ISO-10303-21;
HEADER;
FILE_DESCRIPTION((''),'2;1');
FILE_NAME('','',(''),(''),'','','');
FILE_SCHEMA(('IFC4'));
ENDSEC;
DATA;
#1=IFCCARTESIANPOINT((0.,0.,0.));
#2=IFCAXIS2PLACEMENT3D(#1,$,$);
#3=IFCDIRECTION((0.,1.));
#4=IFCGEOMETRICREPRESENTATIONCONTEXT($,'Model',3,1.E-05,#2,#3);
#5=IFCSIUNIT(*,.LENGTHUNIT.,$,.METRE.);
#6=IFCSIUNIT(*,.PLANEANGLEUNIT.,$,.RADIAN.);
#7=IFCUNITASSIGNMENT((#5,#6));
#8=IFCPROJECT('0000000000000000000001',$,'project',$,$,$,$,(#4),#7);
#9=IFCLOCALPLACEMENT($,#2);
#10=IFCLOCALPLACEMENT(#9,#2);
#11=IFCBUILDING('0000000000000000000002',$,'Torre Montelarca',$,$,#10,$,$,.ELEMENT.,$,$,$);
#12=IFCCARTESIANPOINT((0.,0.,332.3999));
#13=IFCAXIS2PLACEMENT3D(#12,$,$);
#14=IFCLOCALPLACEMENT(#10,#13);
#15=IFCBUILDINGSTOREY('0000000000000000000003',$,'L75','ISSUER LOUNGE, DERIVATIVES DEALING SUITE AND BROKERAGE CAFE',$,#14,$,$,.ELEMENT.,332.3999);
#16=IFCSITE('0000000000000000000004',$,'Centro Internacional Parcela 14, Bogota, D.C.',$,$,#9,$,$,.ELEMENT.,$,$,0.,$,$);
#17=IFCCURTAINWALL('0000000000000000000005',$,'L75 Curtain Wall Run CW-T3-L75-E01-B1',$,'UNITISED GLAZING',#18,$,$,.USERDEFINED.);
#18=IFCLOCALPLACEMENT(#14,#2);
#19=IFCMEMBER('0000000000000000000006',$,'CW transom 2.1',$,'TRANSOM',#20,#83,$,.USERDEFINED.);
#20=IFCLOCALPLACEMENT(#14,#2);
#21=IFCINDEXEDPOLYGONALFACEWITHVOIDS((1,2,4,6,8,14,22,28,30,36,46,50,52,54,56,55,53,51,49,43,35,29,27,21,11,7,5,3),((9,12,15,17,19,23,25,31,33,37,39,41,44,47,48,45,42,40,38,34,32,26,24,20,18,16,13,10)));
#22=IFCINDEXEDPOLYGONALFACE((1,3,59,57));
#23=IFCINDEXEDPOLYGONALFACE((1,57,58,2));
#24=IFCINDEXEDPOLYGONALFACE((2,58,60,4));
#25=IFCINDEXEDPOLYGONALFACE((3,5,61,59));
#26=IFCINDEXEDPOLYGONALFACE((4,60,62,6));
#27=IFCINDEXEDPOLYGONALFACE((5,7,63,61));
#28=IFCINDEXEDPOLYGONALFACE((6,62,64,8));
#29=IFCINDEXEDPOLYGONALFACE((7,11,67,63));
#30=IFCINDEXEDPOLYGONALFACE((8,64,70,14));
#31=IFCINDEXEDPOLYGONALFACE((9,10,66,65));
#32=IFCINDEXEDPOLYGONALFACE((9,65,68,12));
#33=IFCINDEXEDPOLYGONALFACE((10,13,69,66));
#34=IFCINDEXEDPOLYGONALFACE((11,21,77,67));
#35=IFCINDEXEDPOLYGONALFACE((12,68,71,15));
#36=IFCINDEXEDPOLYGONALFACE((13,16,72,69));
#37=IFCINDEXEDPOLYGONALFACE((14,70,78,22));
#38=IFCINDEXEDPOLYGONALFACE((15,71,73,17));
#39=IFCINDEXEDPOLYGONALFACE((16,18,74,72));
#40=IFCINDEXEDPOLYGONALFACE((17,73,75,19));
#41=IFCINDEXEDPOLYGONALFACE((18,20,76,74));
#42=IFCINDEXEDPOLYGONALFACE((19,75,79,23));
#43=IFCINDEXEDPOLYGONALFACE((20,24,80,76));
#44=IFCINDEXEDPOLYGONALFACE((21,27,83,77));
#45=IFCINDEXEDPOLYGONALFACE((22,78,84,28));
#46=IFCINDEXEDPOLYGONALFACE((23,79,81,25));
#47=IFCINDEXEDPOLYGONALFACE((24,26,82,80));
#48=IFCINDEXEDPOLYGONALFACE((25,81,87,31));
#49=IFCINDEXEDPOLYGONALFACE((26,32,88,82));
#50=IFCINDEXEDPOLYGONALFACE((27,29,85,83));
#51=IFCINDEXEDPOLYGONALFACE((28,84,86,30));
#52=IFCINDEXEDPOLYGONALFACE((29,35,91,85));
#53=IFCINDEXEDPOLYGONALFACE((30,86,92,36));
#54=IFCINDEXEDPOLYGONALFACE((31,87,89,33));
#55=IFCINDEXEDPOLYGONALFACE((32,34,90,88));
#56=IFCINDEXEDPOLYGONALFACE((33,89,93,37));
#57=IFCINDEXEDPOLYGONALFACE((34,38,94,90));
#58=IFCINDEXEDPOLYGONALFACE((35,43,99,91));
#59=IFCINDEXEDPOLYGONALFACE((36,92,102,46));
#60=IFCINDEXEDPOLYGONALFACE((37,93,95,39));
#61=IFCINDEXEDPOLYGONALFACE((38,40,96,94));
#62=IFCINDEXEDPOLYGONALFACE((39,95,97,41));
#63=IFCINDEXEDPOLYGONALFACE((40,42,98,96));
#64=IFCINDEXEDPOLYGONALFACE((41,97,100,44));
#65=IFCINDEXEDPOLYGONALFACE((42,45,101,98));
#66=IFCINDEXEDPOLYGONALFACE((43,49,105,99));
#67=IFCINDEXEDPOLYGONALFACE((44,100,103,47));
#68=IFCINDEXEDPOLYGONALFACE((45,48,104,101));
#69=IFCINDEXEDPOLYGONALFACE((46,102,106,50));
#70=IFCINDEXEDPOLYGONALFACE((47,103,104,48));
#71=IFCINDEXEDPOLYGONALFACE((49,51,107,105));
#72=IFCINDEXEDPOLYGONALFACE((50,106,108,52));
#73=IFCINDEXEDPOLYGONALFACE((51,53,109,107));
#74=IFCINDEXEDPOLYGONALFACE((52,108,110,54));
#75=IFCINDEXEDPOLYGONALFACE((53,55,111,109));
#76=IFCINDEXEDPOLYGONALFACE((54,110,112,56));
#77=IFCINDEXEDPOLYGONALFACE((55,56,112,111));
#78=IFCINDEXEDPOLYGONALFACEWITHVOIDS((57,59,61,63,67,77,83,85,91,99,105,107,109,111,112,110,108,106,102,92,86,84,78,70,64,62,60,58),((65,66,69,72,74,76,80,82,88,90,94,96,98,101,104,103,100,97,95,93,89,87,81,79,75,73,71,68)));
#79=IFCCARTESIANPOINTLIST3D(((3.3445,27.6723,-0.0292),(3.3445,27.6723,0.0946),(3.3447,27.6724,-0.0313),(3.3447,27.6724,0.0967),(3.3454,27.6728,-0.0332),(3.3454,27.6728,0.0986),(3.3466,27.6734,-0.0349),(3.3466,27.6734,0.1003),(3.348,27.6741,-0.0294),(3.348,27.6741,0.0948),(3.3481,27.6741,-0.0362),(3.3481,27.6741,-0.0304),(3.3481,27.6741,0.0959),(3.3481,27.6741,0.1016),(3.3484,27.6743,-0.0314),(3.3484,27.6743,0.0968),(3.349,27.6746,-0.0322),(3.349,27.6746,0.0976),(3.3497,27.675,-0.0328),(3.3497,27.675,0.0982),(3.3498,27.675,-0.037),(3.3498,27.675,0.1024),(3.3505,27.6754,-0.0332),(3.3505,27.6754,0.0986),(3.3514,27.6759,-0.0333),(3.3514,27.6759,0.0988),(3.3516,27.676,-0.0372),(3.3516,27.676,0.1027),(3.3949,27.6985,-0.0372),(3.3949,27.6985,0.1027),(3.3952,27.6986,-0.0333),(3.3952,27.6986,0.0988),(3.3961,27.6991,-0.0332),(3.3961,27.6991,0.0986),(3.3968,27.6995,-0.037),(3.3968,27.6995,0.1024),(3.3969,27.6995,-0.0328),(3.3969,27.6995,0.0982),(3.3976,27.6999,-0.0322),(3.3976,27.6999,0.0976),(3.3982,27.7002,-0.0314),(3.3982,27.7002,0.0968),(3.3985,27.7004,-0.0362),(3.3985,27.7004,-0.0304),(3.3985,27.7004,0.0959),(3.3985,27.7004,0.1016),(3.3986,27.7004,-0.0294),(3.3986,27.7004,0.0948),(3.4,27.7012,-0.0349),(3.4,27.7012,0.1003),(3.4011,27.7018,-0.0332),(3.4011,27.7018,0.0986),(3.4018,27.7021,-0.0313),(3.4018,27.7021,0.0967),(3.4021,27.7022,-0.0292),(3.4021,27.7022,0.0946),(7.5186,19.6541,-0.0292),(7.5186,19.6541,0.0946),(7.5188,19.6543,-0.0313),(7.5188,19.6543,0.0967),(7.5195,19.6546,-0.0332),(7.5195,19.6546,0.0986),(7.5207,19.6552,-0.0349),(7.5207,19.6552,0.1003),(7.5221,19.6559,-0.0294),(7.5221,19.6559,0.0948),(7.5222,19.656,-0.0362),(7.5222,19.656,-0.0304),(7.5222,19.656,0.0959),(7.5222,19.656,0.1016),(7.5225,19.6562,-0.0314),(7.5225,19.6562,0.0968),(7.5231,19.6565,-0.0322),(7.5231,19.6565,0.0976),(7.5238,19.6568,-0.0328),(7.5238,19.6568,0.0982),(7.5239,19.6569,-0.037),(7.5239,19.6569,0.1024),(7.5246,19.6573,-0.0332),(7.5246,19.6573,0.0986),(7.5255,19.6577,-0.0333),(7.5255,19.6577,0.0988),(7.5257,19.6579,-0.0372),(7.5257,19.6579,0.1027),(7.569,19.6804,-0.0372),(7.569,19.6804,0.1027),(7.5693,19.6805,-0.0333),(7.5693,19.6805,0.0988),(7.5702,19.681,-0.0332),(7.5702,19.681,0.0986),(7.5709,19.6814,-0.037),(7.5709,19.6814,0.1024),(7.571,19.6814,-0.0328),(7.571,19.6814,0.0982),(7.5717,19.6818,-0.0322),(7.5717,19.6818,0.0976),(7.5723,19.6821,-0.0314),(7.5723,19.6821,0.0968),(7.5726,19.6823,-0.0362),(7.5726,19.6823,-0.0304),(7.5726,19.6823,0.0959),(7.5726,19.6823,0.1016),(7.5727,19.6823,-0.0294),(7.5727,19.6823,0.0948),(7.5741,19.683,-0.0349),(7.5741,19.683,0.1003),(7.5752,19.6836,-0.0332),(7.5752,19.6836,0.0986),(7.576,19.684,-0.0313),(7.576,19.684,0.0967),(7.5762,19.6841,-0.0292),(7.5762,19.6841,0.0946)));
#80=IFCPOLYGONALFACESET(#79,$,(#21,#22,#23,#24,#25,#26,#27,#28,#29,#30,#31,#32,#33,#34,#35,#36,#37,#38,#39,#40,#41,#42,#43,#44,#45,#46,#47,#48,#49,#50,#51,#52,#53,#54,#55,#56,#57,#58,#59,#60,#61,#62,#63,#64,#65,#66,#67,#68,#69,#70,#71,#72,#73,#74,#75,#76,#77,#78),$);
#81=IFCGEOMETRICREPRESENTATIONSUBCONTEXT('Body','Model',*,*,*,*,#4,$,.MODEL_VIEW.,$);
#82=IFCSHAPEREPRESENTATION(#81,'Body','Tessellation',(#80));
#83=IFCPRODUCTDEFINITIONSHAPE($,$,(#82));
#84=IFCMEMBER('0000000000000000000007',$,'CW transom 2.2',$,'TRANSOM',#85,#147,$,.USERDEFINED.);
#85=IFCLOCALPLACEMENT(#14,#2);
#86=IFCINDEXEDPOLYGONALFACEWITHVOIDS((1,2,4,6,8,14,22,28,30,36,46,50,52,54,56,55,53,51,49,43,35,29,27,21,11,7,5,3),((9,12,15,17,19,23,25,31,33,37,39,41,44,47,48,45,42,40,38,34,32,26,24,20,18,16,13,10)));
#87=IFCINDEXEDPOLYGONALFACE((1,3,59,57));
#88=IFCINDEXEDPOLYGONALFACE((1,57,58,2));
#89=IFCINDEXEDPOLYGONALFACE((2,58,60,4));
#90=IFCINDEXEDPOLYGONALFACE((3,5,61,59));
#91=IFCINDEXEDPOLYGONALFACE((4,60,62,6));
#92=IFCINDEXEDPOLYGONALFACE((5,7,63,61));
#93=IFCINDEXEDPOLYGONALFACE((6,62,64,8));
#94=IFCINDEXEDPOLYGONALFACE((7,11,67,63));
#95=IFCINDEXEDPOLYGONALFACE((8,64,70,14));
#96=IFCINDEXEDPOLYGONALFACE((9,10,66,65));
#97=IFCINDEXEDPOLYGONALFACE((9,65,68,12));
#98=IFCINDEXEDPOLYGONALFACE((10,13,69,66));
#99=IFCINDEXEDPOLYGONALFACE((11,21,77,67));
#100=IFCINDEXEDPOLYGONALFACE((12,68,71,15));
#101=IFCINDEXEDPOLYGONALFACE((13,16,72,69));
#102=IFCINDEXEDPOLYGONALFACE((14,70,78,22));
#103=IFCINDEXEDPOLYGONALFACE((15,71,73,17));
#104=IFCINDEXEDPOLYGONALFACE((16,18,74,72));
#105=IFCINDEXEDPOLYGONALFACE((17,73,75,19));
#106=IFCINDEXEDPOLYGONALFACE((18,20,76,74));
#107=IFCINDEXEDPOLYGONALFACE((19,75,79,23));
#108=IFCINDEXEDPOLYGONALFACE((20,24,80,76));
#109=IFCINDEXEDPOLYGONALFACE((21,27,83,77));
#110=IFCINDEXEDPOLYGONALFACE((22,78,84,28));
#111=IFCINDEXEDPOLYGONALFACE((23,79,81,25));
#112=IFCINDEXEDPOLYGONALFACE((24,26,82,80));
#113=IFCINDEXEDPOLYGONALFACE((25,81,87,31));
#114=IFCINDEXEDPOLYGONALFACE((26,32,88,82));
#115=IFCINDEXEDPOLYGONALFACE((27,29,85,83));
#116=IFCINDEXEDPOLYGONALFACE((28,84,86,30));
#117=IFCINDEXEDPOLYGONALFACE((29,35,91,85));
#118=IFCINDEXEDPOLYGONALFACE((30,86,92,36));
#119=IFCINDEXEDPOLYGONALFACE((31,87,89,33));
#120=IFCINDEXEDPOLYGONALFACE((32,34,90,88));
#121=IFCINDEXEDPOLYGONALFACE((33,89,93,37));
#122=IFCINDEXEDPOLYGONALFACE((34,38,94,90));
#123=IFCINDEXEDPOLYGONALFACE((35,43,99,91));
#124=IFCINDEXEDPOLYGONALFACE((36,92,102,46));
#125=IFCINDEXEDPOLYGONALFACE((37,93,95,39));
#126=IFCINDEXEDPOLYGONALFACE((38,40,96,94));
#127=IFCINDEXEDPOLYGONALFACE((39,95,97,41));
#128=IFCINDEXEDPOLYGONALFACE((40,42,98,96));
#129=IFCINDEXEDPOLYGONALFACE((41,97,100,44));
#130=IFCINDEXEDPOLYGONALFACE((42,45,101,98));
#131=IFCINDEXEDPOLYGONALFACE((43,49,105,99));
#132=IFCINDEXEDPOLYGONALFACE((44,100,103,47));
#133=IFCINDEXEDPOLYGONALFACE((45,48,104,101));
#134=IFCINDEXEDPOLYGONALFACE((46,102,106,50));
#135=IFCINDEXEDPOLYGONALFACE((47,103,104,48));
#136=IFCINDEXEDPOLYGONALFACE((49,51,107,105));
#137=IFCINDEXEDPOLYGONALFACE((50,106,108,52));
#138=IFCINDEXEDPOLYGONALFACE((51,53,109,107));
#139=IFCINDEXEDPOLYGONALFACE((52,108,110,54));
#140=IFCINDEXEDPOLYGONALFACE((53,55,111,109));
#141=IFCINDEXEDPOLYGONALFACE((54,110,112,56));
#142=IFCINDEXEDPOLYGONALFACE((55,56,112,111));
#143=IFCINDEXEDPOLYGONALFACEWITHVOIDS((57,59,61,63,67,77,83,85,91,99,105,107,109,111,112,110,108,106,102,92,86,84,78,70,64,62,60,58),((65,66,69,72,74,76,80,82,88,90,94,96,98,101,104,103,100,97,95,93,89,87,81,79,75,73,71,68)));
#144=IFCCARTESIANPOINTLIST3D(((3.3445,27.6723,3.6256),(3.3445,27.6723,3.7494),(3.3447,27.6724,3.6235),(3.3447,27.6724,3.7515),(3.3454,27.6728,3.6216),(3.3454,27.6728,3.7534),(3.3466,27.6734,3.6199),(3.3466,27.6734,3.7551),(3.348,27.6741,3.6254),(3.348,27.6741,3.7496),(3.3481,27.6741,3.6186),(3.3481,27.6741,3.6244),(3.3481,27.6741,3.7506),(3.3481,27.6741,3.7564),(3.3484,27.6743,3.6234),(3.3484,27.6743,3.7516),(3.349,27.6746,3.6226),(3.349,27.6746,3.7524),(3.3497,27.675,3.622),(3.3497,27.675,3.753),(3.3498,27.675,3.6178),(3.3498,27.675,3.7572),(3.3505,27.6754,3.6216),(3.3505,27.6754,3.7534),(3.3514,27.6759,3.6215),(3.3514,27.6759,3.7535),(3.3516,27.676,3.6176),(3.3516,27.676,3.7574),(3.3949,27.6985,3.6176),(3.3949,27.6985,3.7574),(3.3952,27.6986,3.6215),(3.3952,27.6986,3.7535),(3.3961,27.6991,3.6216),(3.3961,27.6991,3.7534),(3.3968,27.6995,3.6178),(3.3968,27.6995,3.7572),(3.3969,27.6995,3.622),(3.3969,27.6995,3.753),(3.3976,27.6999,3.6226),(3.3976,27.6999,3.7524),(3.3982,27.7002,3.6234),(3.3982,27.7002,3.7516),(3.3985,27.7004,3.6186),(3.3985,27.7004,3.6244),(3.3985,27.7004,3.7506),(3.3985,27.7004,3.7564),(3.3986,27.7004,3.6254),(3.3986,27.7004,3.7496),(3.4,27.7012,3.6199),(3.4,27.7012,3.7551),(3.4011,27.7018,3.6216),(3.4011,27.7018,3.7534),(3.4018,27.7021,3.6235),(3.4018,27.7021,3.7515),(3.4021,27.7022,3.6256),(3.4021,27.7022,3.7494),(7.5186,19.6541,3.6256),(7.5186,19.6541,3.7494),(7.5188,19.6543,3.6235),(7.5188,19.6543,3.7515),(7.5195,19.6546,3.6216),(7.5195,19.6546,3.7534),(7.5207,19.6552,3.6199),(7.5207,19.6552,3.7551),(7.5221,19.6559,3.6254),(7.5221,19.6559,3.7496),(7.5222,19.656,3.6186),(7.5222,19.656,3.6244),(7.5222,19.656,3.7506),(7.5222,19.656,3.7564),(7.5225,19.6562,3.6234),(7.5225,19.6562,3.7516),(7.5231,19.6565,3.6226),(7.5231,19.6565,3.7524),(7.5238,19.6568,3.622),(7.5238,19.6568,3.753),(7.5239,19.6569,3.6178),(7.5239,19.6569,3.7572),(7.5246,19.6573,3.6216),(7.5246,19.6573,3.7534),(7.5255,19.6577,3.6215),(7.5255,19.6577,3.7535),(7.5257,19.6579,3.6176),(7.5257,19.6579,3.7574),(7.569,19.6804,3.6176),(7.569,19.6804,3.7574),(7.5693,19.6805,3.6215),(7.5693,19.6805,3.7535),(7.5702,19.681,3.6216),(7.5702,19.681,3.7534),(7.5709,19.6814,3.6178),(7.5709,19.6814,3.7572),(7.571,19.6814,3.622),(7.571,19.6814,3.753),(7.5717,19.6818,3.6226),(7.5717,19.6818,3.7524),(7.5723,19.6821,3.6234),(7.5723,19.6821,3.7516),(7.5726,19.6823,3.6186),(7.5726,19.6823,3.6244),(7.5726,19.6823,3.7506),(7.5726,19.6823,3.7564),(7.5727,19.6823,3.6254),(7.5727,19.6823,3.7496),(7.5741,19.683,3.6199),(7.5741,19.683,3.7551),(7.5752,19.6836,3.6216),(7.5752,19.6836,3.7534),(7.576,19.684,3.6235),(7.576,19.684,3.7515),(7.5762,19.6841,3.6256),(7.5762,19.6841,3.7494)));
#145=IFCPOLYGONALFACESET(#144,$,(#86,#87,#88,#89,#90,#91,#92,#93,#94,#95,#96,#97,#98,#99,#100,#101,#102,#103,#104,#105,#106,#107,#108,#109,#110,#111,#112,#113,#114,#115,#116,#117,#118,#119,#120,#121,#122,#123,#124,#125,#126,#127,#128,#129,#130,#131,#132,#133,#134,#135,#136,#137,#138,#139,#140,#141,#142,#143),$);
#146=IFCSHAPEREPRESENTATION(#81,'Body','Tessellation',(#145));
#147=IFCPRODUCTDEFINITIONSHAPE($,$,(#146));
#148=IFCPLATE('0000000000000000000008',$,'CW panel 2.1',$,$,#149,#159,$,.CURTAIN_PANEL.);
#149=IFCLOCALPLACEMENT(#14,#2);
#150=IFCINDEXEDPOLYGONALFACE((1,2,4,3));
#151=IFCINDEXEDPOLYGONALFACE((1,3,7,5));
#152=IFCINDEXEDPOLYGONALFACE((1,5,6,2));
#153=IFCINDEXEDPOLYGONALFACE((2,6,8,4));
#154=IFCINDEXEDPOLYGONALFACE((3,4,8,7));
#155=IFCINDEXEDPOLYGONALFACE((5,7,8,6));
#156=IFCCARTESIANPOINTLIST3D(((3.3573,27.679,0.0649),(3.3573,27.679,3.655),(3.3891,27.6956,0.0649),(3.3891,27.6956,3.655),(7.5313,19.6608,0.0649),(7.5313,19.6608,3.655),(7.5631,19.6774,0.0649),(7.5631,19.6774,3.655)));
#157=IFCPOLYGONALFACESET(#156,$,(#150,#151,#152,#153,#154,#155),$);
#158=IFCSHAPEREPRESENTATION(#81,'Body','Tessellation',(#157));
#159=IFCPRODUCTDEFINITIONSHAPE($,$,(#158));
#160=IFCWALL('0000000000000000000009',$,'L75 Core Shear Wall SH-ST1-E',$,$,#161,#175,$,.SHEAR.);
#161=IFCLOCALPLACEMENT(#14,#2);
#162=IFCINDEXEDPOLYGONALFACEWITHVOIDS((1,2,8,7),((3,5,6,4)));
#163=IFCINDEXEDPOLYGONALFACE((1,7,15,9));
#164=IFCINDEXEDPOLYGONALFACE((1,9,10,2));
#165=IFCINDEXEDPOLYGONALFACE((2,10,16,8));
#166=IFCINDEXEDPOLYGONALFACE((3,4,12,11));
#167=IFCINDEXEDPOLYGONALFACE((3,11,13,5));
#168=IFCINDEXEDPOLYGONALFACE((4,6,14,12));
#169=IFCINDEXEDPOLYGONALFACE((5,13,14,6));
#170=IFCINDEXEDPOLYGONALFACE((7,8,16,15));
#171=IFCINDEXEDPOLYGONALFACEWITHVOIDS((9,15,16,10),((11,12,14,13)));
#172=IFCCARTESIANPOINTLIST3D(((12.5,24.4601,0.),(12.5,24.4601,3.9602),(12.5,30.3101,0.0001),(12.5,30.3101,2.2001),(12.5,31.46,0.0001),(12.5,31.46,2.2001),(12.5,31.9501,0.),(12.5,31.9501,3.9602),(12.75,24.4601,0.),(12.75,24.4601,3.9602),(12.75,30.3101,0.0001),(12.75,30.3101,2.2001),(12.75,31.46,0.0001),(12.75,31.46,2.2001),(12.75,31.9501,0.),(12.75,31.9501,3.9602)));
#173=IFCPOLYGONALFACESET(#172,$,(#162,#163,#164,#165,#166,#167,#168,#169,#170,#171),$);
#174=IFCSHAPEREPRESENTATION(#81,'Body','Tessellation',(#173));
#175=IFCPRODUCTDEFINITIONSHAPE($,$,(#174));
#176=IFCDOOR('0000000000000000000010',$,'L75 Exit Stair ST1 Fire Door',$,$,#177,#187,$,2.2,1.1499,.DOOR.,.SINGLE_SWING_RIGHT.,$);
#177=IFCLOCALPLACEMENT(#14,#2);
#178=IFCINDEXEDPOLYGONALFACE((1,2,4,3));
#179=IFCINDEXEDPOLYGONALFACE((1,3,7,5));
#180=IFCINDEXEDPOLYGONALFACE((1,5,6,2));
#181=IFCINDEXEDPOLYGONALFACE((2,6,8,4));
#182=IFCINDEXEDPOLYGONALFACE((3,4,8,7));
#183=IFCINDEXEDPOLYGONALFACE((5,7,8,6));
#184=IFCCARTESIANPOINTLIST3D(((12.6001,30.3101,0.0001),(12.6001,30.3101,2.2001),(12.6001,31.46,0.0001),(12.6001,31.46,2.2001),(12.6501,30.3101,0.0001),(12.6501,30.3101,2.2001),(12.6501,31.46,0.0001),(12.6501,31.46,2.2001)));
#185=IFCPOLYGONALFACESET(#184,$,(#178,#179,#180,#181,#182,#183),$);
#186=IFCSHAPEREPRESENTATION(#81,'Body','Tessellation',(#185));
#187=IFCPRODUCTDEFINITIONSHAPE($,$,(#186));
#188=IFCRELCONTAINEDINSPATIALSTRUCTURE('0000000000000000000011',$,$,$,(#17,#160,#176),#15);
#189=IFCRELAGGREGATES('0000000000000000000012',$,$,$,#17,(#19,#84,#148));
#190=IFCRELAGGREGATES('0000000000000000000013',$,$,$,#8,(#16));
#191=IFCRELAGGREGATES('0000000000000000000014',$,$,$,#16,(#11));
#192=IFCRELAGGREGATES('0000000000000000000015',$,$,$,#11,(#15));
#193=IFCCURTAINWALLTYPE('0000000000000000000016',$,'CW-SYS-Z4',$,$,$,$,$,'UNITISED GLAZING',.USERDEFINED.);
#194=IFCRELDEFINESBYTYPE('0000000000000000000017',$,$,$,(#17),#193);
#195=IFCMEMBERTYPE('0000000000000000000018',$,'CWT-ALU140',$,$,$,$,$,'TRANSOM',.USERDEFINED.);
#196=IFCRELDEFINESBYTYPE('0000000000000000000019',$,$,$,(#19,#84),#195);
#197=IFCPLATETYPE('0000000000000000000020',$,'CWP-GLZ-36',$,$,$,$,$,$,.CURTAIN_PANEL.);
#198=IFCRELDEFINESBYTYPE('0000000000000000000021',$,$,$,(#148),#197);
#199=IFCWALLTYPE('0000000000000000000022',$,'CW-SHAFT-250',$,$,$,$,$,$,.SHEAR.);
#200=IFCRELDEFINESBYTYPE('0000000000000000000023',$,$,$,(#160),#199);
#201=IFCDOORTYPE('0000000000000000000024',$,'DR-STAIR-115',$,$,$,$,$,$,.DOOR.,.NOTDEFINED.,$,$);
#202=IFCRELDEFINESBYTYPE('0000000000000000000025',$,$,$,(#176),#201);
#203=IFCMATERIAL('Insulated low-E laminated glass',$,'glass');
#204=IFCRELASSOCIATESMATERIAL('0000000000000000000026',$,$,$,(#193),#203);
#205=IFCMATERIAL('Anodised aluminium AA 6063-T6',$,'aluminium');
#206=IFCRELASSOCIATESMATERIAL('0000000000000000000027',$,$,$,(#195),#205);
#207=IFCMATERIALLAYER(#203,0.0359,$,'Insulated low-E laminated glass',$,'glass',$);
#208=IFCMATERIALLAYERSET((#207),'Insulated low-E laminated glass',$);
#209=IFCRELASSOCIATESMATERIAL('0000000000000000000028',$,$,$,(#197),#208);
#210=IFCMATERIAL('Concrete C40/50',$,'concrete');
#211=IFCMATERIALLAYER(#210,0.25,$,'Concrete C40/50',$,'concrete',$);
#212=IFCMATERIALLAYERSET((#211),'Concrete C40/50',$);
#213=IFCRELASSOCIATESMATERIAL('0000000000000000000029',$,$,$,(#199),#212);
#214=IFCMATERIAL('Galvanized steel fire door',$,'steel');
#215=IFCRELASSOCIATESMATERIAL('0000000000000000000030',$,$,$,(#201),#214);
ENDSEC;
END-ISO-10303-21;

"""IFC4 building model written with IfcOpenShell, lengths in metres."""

from ifc_helpers import new_model, si_unit, direction, frame, frame_2d, origin, origin_2d, place, context, subcontext, project, spatial, rectangle, hollow_rectangle, extrude, source, transform, mapped, material, layer, layer_set, material_profile, profile_set, type_object, element, fill, aggregate, save


model = new_model("IFC4")

# Units and contexts
model_context = context("Model", 3, precision=1e-05, world=origin(), true_north=direction((0.0, 1.0)))
body_context = subcontext(model_context, "Body", "Model", "MODEL_VIEW")
ifc_project = project(units=[si_unit("LENGTHUNIT", "METRE"), si_unit("PLANEANGLEUNIT", "RADIAN")], contexts=[model_context])

# Site, building, storey
site_placement = place(None, origin())
site = spatial("IfcSite", under=ifc_project, at=site_placement, Name="Centro Internacional Parcela 14, Bogota, D.C.", CompositionType="ELEMENT", RefElevation=0.0)
building_placement = place(site_placement, origin())
building = spatial("IfcBuilding", under=site, at=building_placement, Name="Torre Montelarca", CompositionType="ELEMENT")
storey_placement = place(building_placement, frame((0.0, 0.0, 332.3999)))
storey = spatial("IfcBuildingStorey", under=building, at=storey_placement, Name="L75", Description="ISSUER LOUNGE, DERIVATIVES DEALING SUITE AND BROKERAGE CAFE", CompositionType="ELEMENT", Elevation=332.3999)

# Shared definitions
ifc_material_1 = material(Name="Concrete C40/50", Category="concrete")

# Curtain wall
ifc_material_2 = material(Name="Insulated low-E laminated glass", Category="glass")
curtain_wall_type = type_object("IfcCurtainWallType", Name="CW-SYS-Z4", ElementType="UNITISED GLAZING", PredefinedType="USERDEFINED", material=ifc_material_2)
curtain_wall_1_placement = place(storey_placement, origin())
curtain_wall_1 = element("IfcCurtainWall", 1, at=curtain_wall_1_placement, inside=storey, type_object=curtain_wall_type, Name="L75 Curtain Wall Run CW-T3-L75-E01-B1", ObjectType="UNITISED GLAZING", PredefinedType="USERDEFINED")
ifc_material_3 = material(Name="Anodised aluminium AA 6063-T6", Category="aluminium")
ifc_material_profile_1 = material_profile(ifc_material_3, hollow_rectangle(XDim=0.0649, YDim=0.1399, WallThickness=0.0039, InnerFilletRadius=0.0039, OuterFilletRadius=0.0081, at=origin_2d()), Name="ALU65X140X4", Category="aluminium")
ifc_profile_set_1 = profile_set([ifc_material_profile_1], Name="Anodised aluminium AA 6063-T6")
member_type_1 = type_object("IfcMemberType", Name="CWT-ALU140", ElementType="TRANSOM", PredefinedType="USERDEFINED", material=ifc_profile_set_1)

# Members
shared_shape_1 = source(origin(), body_context, "Body", "SweptSolid", [
    extrude(hollow_rectangle(XDim=0.0649, YDim=0.1399, WallThickness=0.0039, InnerFilletRadius=0.0039, OuterFilletRadius=0.0081, at=origin_2d()), origin(), (0.0, 0.0, 1.0), 9.0396),
])
member_1_placement = place(storey_placement, frame((3.3733, 27.6873, 0.0327), z_axis=(0.46176, -0.887005, 0.0), x_axis=(0.887005, 0.46176, 0.0)))
member_1 = element("IfcMember", 2, at=member_1_placement, type_object=member_type_1, Name="CW transom 2.1", ObjectType="TRANSOM", PredefinedType="USERDEFINED", context=body_context, shape_type="MappedRepresentation", body=[
    mapped(shared_shape_1, transform((0.0, 0.0, 0.0), scale=1.0)),
])
member_2_placement = place(storey_placement, frame((3.3733, 27.6873, 3.6875), z_axis=(0.46176, -0.887005, 0.0), x_axis=(0.887005, 0.46176, 0.0)))
member_2 = element("IfcMember", 3, at=member_2_placement, type_object=member_type_1, Name="CW transom 2.2", ObjectType="TRANSOM", PredefinedType="USERDEFINED", context=body_context, shape_type="MappedRepresentation", body=[
    mapped(shared_shape_1, transform((0.0, 0.0, 0.0), scale=1.0)),
])

# Plate
ifc_layer_1 = layer(ifc_material_2, 0.0359, Name="Insulated low-E laminated glass", Category="glass")
ifc_layer_set_1 = layer_set([ifc_layer_1], Name="Insulated low-E laminated glass")
plate_type = type_object("IfcPlateType", Name="CWP-GLZ-36", PredefinedType="CURTAIN_PANEL", material=ifc_layer_set_1)
shared_shape_2 = source(origin(), body_context, "Body", "SweptSolid", [
    extrude(rectangle(XDim=9.0396, YDim=0.0359, at=origin_2d()), origin(), (0.0, 0.0, 1.0), 3.5901),
])
plate_placement = place(storey_placement, frame((5.4602, 23.6782, 0.0649), z_axis=(0.0, 0.0, 1.0), x_axis=(0.461747, -0.887011, 0.0)))
plate = element("IfcPlate", 4, at=plate_placement, type_object=plate_type, Name="CW panel 2.1", PredefinedType="CURTAIN_PANEL", context=body_context, shape_type="MappedRepresentation", body=[
    mapped(shared_shape_2, transform((0.0, 0.0, 0.0), scale=1.0)),
])
aggregate(curtain_wall_1, [member_1, member_2, plate])

# Wall, opening, door
ifc_layer_2 = layer(ifc_material_1, 0.25, Name="Concrete C40/50", Category="concrete")
ifc_layer_set_2 = layer_set([ifc_layer_2], Name="Concrete C40/50")
wall_type_1 = type_object("IfcWallType", Name="CW-SHAFT-250", PredefinedType="SHEAR", material=ifc_layer_set_2)
wall_1_placement = place(storey_placement, frame((12.625, 24.46, 0.0), z_axis=(0.0, 0.0, 1.0), x_axis=(0.0, 1.0, 0.0)))
wall_1 = element("IfcWall", 5, at=wall_1_placement, inside=storey, type_object=wall_type_1, Name="L75 Core Shear Wall SH-ST1-E", PredefinedType="SHEAR", context=body_context, shape_type="SweptSolid", body=[
    extrude(rectangle(XDim=7.49, YDim=0.25, at=frame_2d((3.7451, 0.0))), origin(), (0.0, 0.0, 1.0), 3.9602),
])
opening_1_placement = place(wall_1_placement, frame((5.8501, 0.0, 0.0)))
opening_1 = element("IfcOpeningElement", 6, at=opening_1_placement, cuts=wall_1, PredefinedType="OPENING", context=body_context, shape_type="SweptSolid", body=[
    extrude(rectangle(XDim=1.1499, YDim=2.2, at=frame_2d((0.575, 1.1001))), frame((0.0, 0.135, 0.0), z_axis=(0.0, -1.0, 0.0), x_axis=(1.0, 0.0, 0.0)), (0.0, 0.0, 1.0), 0.27),
])
ifc_material_4 = material(Name="Galvanized steel fire door", Category="steel")
door_type_1 = type_object("IfcDoorType", Name="DR-STAIR-115", OperationType="NOTDEFINED", PredefinedType="DOOR", material=ifc_material_4)
shared_shape_3 = source(origin(), body_context, "Body", "SweptSolid", [
    extrude(rectangle(XDim=1.1499, YDim=2.2, at=frame_2d((0.575, 1.1001))), frame((0.0, 0.0249, 0.0), z_axis=(0.0, -1.0, 0.0), x_axis=(1.0, 0.0, 0.0)), (0.0, 0.0, 1.0), 0.05),
])
door_1_placement = place(opening_1_placement, origin())
door_1 = element("IfcDoor", 7, at=door_1_placement, inside=storey, type_object=door_type_1, Name="L75 Exit Stair ST1 Fire Door", OperationType="SINGLE_SWING_RIGHT", OverallHeight=2.2, OverallWidth=1.1499, PredefinedType="DOOR", context=body_context, shape_type="MappedRepresentation", body=[
    mapped(shared_shape_3, transform((0.0, 0.0, 0.0), scale=1.0)),
])
fill(opening_1, door_1)

save(model, "model.ifc")
